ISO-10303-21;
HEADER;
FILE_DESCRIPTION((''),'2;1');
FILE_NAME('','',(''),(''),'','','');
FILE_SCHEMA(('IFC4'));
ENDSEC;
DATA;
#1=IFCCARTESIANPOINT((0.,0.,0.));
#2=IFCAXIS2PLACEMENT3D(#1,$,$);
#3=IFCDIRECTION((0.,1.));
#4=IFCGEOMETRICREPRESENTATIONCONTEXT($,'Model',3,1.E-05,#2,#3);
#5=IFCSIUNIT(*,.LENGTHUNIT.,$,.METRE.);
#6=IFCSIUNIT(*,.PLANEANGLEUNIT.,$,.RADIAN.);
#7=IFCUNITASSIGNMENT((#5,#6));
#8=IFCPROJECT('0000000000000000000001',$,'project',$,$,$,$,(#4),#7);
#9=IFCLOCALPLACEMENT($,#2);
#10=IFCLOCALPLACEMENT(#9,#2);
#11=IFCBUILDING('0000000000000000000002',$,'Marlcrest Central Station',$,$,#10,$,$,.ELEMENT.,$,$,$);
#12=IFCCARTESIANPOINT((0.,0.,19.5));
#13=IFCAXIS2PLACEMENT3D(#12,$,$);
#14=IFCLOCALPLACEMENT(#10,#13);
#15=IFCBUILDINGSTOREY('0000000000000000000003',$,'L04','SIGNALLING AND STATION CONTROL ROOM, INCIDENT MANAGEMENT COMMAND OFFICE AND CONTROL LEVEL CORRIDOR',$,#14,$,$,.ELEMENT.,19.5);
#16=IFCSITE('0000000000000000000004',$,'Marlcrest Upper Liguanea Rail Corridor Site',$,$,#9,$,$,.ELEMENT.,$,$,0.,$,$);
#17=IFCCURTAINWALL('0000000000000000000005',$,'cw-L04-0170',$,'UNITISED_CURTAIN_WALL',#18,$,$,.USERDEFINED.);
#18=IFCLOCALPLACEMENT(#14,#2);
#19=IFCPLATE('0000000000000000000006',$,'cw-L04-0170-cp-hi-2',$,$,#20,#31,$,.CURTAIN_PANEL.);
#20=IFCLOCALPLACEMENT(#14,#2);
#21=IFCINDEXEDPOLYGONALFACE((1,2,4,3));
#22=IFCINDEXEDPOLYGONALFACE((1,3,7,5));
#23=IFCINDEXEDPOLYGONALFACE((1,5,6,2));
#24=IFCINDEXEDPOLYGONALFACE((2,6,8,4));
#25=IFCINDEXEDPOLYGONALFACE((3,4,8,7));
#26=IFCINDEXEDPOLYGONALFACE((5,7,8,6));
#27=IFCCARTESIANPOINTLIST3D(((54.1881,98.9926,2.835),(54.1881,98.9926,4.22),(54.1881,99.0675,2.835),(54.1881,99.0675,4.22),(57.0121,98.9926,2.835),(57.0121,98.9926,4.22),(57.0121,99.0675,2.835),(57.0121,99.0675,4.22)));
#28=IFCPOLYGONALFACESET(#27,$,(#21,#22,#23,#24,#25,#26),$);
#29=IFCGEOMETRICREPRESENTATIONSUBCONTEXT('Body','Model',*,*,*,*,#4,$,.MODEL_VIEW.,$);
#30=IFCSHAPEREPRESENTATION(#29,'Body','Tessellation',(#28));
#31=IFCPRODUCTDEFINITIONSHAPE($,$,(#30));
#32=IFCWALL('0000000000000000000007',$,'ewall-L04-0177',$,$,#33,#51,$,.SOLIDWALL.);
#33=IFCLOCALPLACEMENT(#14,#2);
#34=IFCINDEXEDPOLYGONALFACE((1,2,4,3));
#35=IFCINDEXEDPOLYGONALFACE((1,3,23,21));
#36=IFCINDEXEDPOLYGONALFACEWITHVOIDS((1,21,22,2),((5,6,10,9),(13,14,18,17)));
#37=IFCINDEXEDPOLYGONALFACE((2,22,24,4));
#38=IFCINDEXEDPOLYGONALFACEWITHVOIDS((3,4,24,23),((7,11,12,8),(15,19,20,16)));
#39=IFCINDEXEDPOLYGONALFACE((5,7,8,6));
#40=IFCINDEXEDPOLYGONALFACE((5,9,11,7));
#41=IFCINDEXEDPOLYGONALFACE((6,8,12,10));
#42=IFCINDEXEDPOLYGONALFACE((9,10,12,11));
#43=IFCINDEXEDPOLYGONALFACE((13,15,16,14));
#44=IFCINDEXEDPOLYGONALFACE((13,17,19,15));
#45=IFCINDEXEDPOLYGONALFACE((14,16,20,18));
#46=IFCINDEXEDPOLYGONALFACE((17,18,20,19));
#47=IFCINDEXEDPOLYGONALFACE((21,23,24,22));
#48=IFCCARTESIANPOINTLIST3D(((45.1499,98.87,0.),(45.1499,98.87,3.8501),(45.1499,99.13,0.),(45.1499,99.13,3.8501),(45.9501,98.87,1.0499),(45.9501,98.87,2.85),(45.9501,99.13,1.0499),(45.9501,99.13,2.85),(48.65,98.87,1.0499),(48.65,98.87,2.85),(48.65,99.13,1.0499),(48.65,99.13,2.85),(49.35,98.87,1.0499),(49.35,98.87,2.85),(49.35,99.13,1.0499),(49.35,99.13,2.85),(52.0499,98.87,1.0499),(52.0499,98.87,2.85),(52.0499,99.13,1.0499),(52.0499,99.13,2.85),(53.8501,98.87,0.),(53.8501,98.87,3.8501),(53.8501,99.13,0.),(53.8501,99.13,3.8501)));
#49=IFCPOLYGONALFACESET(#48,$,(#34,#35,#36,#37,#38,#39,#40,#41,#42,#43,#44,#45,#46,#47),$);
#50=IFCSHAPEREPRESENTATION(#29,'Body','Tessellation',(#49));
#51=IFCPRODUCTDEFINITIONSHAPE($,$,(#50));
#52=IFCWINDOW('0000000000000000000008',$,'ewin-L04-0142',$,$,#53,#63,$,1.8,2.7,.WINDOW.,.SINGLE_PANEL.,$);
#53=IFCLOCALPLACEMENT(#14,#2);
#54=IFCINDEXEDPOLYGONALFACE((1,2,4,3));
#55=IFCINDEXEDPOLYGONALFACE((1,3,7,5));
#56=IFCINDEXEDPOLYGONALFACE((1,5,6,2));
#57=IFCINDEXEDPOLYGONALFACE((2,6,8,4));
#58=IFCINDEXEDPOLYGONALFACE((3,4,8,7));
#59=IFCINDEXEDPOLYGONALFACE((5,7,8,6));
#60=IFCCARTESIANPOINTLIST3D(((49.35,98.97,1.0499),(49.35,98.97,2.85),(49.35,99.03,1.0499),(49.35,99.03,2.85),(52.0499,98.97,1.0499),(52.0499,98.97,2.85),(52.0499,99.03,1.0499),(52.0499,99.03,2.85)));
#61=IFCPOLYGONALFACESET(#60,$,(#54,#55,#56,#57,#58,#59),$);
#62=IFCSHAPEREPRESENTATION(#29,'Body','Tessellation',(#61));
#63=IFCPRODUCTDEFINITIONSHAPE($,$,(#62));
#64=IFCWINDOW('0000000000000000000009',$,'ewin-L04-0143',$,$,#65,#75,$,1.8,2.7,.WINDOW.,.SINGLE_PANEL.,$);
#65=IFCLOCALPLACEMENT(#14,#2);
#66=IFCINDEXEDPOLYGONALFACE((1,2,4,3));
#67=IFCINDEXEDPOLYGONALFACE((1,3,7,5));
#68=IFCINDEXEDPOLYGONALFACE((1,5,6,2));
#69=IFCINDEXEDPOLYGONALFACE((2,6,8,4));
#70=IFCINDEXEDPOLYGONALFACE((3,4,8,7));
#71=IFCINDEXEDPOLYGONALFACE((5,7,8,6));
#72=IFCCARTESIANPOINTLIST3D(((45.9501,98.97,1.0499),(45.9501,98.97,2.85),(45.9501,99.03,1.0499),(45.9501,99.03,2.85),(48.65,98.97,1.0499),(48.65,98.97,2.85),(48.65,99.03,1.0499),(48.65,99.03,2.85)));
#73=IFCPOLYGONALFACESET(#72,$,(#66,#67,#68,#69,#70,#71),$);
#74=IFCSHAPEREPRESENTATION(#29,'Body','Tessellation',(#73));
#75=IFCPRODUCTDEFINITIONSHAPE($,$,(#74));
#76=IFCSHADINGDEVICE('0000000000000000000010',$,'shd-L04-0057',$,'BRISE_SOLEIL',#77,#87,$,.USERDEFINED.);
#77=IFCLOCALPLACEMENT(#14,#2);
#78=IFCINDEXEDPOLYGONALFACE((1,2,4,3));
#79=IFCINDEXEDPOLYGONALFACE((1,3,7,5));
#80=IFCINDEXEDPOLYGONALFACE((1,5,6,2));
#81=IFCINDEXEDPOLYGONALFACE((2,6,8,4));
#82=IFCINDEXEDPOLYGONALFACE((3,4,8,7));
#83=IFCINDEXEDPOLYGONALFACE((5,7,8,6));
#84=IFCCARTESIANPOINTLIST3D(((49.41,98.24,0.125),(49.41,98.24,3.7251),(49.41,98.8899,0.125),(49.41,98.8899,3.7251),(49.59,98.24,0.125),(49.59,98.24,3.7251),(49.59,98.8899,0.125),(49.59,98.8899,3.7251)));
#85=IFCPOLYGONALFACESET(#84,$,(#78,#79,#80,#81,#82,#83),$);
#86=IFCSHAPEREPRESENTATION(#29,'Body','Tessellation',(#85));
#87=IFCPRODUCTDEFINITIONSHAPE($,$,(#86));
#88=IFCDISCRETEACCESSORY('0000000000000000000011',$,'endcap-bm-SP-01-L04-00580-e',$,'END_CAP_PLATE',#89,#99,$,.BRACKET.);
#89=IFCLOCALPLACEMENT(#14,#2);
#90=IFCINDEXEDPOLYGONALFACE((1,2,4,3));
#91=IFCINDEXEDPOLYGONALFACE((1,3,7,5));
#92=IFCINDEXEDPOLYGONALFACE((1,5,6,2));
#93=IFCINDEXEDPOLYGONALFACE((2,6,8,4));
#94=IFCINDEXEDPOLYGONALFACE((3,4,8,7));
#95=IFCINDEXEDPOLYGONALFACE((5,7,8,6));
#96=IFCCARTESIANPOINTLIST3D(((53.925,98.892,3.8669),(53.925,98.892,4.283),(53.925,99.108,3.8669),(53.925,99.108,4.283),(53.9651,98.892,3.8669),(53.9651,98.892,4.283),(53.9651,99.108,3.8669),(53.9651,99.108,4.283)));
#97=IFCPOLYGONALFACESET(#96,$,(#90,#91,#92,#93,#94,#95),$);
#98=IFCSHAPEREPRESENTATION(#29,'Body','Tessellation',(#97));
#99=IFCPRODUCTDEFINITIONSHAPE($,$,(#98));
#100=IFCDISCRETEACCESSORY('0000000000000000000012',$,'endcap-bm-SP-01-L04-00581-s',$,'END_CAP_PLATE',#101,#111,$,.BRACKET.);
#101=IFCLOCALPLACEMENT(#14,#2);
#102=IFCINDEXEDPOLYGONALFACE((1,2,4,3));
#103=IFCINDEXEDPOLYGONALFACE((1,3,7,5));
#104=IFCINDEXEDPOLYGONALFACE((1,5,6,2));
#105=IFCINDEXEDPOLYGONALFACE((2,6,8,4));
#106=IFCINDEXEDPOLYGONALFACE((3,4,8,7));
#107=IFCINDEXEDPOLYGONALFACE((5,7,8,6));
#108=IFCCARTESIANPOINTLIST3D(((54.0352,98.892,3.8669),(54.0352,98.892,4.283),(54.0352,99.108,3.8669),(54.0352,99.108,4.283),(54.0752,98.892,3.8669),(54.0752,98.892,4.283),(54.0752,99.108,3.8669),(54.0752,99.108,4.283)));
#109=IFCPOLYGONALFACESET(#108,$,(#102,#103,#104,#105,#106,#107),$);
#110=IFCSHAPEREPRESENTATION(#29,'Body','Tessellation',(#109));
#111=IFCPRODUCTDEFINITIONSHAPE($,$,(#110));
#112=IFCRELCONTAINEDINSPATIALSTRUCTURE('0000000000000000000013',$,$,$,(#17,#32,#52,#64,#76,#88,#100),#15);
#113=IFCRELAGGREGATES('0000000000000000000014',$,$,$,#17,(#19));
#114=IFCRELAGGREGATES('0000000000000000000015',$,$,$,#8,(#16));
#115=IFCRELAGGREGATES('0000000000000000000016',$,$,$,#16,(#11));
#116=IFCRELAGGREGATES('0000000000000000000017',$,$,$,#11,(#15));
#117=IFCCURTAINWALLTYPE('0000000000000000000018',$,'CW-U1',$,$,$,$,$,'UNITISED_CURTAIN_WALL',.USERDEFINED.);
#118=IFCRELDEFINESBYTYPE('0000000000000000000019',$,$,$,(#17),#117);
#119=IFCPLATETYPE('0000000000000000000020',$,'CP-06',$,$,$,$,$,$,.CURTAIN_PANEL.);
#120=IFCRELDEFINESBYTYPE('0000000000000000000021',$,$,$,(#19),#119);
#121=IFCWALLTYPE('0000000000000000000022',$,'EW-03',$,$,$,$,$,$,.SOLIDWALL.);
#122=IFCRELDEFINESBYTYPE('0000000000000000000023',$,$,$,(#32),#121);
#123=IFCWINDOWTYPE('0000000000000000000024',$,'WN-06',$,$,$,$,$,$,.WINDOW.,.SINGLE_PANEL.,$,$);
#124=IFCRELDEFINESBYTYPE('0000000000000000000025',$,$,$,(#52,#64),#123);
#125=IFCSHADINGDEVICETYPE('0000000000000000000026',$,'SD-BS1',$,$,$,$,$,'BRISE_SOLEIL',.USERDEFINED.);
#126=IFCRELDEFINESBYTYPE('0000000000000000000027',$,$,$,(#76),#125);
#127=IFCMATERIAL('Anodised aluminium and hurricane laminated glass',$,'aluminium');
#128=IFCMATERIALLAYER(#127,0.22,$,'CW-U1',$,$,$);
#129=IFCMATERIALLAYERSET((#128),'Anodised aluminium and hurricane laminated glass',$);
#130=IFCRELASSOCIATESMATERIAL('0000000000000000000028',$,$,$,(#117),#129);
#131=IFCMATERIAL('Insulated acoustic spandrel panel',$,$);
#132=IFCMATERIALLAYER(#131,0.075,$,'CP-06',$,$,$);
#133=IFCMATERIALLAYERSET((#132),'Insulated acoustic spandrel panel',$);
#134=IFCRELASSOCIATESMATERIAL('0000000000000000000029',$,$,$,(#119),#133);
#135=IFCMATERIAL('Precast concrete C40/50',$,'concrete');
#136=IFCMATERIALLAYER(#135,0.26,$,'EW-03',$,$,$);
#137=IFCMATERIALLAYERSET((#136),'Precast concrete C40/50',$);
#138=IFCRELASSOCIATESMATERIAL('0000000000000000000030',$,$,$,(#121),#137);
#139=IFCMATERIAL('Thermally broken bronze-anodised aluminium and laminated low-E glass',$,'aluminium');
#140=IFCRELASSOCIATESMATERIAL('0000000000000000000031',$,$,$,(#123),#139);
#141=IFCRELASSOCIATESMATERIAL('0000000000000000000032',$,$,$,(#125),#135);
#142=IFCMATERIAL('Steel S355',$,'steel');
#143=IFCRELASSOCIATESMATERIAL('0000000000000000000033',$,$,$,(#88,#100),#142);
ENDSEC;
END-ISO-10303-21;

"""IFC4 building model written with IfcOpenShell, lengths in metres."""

from ifc_helpers import new_model, si_unit, direction, frame, frame_2d, origin, origin_2d, place, context, subcontext, project, spatial, rectangle, extrude, material, layer, layer_set, type_object, element, fill, aggregate, save


model = new_model("IFC4")

# Units and contexts
model_context = context("Model", 3, precision=1e-05, world=origin(), true_north=direction((0.0, 1.0)))
body_context = subcontext(model_context, "Body", "Model", "MODEL_VIEW")
ifc_project = project(units=[si_unit("LENGTHUNIT", "METRE"), si_unit("PLANEANGLEUNIT", "RADIAN")], contexts=[model_context])

# Site, building, storey
site_placement = place(None, origin())
site = spatial("IfcSite", under=ifc_project, at=site_placement, Name="Marlcrest Upper Liguanea Rail Corridor Site", CompositionType="ELEMENT", RefElevation=0.0)
building_placement = place(site_placement, origin())
building = spatial("IfcBuilding", under=site, at=building_placement, Name="Marlcrest Central Station", CompositionType="ELEMENT")
storey_placement = place(building_placement, frame((0.0, 0.0, 19.5)))
storey = spatial("IfcBuildingStorey", under=building, at=storey_placement, Name="L04", Description="SIGNALLING AND STATION CONTROL ROOM, INCIDENT MANAGEMENT COMMAND OFFICE AND CONTROL LEVEL CORRIDOR", CompositionType="ELEMENT", Elevation=19.5)

# Shared definitions
ifc_material_1 = material(Name="Steel S355", Category="steel")

# Curtain wall
ifc_material_2 = material(Name="Anodised aluminium and hurricane laminated glass", Category="aluminium")
ifc_layer_1 = layer(ifc_material_2, 0.22, Name="CW-U1")
ifc_layer_set_1 = layer_set([ifc_layer_1], Name="Anodised aluminium and hurricane laminated glass")
curtain_wall_type = type_object("IfcCurtainWallType", Name="CW-U1", ElementType="UNITISED_CURTAIN_WALL", PredefinedType="USERDEFINED", material=ifc_layer_set_1)
curtain_wall_placement = place(storey_placement, origin())
curtain_wall = element("IfcCurtainWall", 1, at=curtain_wall_placement, inside=storey, type_object=curtain_wall_type, Name="cw-L04-0170", ObjectType="UNITISED_CURTAIN_WALL", PredefinedType="USERDEFINED")

# Plate
ifc_material_3 = material(Name="Insulated acoustic spandrel panel")
ifc_layer_2 = layer(ifc_material_3, 0.075, Name="CP-06")
ifc_layer_set_2 = layer_set([ifc_layer_2], Name="Insulated acoustic spandrel panel")
plate_type_1 = type_object("IfcPlateType", Name="CP-06", PredefinedType="CURTAIN_PANEL", material=ifc_layer_set_2)
plate_1_placement = place(storey_placement, frame((55.6001, 99.03, 2.835), z_axis=(0.0, 0.0, 1.0), x_axis=(-1.0, 0.0, 0.0)))
plate_1 = element("IfcPlate", 2, at=plate_1_placement, type_object=plate_type_1, Name="cw-L04-0170-cp-hi-2", PredefinedType="CURTAIN_PANEL", context=body_context, shape_type="SweptSolid", body=[
    extrude(rectangle(XDim=2.824, YDim=0.075, at=origin_2d()), origin(), (0.0, 0.0, 1.0), 1.385),
])
aggregate(curtain_wall, [plate_1])

# Wall, openings, windows
ifc_material_4 = material(Name="Precast concrete C40/50", Category="concrete")
ifc_layer_3 = layer(ifc_material_4, 0.26, Name="EW-03")
ifc_layer_set_3 = layer_set([ifc_layer_3], Name="Precast concrete C40/50")
wall_type = type_object("IfcWallType", Name="EW-03", PredefinedType="SOLIDWALL", material=ifc_layer_set_3)
wall_placement = place(storey_placement, frame((53.8501, 99.0, 0.0), z_axis=(0.0, 0.0, 1.0), x_axis=(-1.0, 0.0, 0.0)))
wall = element("IfcWall", 3, at=wall_placement, inside=storey, type_object=wall_type, Name="ewall-L04-0177", PredefinedType="SOLIDWALL", context=body_context, shape_type="SweptSolid", body=[
    extrude(rectangle(XDim=8.7002, YDim=0.26, at=frame_2d((4.3501, 0.0))), origin(), (0.0, 0.0, 1.0), 3.8501),
])
opening_1_placement = place(wall_placement, frame((1.8, 0.0, 1.05)))
opening_1 = element("IfcOpeningElement", 4, at=opening_1_placement, cuts=wall, PredefinedType="OPENING", context=body_context, shape_type="SweptSolid", body=[
    extrude(rectangle(XDim=2.7, YDim=1.8, at=frame_2d((1.3501, 0.8999))), frame((0.0, 0.1399, 0.0), z_axis=(0.0, -1.0, 0.0), x_axis=(1.0, 0.0, 0.0)), (0.0, 0.0, 1.0), 0.28),
])
opening_2_placement = place(wall_placement, frame((5.2, 0.0, 1.05)))
opening_2 = element("IfcOpeningElement", 5, at=opening_2_placement, cuts=wall, PredefinedType="OPENING", context=body_context, shape_type="SweptSolid", body=[
    extrude(rectangle(XDim=2.7, YDim=1.8, at=frame_2d((1.3501, 0.8999))), frame((0.0, 0.1399, 0.0), z_axis=(0.0, -1.0, 0.0), x_axis=(1.0, 0.0, 0.0)), (0.0, 0.0, 1.0), 0.28),
])
ifc_material_5 = material(Name="Thermally broken bronze-anodised aluminium and laminated low-E glass", Category="aluminium")
window_type = type_object("IfcWindowType", Name="WN-06", PartitioningType="SINGLE_PANEL", PredefinedType="WINDOW", material=ifc_material_5)
window_1_placement = place(opening_1_placement, origin())
window_1 = element("IfcWindow", 6, at=window_1_placement, inside=storey, type_object=window_type, Name="ewin-L04-0142", OverallHeight=1.8, OverallWidth=2.7, PartitioningType="SINGLE_PANEL", PredefinedType="WINDOW", context=body_context, shape_type="SweptSolid", body=[
    extrude(rectangle(XDim=2.7, YDim=1.8, at=frame_2d((1.3501, 0.8999))), frame((0.0, 0.03, 0.0), z_axis=(0.0, -1.0, 0.0), x_axis=(1.0, 0.0, 0.0)), (0.0, 0.0, 1.0), 0.0601),
])
fill(opening_1, window_1)
window_2_placement = place(opening_2_placement, origin())
window_2 = element("IfcWindow", 7, at=window_2_placement, inside=storey, type_object=window_type, Name="ewin-L04-0143", OverallHeight=1.8, OverallWidth=2.7, PartitioningType="SINGLE_PANEL", PredefinedType="WINDOW", context=body_context, shape_type="SweptSolid", body=[
    extrude(rectangle(XDim=2.7, YDim=1.8, at=frame_2d((1.3501, 0.8999))), frame((0.0, 0.03, 0.0), z_axis=(0.0, -1.0, 0.0), x_axis=(1.0, 0.0, 0.0)), (0.0, 0.0, 1.0), 0.0601),
])
fill(opening_2, window_2)

# Shading device
shading_device_type = type_object("IfcShadingDeviceType", Name="SD-BS1", ElementType="BRISE_SOLEIL", PredefinedType="USERDEFINED", material=ifc_material_4)
shading_device_placement = place(storey_placement, frame((49.5, 98.5649, 0.125), z_axis=(0.0, 0.0, 1.0), x_axis=(1.0, 0.0, 0.0)))
element("IfcShadingDevice", 8, at=shading_device_placement, inside=storey, type_object=shading_device_type, Name="shd-L04-0057", ObjectType="BRISE_SOLEIL", PredefinedType="USERDEFINED", context=body_context, shape_type="SweptSolid", body=[
    extrude(rectangle(XDim=0.1799, YDim=0.6499, at=origin_2d()), origin(), (0.0, 0.0, 1.0), 3.6001),
])

# Discrete accessories
for number, where, z_axis, x_axis, name in (
    (9, (53.925, 99.0, 4.075), (1.0, 0.0, 0.0), (0.0, 1.0, 0.0), "endcap-bm-SP-01-L04-00580-e"),
    (10, (54.0352, 99.0, 4.075), (1.0, 0.0, 0.0), (0.0, 1.0, 0.0), "endcap-bm-SP-01-L04-00581-s"),
):
    element("IfcDiscreteAccessory", number, at=place(storey_placement, frame(where, z_axis=z_axis, x_axis=x_axis)), inside=storey, material=ifc_material_1, Name=name, ObjectType="END_CAP_PLATE", PredefinedType="BRACKET", context=body_context, shape_type="SweptSolid", body=[
        extrude(rectangle(XDim=0.2161, YDim=0.416, at=origin_2d()), origin(), (0.0, 0.0, 1.0), 0.04),
    ])

save(model, "model.ifc")
